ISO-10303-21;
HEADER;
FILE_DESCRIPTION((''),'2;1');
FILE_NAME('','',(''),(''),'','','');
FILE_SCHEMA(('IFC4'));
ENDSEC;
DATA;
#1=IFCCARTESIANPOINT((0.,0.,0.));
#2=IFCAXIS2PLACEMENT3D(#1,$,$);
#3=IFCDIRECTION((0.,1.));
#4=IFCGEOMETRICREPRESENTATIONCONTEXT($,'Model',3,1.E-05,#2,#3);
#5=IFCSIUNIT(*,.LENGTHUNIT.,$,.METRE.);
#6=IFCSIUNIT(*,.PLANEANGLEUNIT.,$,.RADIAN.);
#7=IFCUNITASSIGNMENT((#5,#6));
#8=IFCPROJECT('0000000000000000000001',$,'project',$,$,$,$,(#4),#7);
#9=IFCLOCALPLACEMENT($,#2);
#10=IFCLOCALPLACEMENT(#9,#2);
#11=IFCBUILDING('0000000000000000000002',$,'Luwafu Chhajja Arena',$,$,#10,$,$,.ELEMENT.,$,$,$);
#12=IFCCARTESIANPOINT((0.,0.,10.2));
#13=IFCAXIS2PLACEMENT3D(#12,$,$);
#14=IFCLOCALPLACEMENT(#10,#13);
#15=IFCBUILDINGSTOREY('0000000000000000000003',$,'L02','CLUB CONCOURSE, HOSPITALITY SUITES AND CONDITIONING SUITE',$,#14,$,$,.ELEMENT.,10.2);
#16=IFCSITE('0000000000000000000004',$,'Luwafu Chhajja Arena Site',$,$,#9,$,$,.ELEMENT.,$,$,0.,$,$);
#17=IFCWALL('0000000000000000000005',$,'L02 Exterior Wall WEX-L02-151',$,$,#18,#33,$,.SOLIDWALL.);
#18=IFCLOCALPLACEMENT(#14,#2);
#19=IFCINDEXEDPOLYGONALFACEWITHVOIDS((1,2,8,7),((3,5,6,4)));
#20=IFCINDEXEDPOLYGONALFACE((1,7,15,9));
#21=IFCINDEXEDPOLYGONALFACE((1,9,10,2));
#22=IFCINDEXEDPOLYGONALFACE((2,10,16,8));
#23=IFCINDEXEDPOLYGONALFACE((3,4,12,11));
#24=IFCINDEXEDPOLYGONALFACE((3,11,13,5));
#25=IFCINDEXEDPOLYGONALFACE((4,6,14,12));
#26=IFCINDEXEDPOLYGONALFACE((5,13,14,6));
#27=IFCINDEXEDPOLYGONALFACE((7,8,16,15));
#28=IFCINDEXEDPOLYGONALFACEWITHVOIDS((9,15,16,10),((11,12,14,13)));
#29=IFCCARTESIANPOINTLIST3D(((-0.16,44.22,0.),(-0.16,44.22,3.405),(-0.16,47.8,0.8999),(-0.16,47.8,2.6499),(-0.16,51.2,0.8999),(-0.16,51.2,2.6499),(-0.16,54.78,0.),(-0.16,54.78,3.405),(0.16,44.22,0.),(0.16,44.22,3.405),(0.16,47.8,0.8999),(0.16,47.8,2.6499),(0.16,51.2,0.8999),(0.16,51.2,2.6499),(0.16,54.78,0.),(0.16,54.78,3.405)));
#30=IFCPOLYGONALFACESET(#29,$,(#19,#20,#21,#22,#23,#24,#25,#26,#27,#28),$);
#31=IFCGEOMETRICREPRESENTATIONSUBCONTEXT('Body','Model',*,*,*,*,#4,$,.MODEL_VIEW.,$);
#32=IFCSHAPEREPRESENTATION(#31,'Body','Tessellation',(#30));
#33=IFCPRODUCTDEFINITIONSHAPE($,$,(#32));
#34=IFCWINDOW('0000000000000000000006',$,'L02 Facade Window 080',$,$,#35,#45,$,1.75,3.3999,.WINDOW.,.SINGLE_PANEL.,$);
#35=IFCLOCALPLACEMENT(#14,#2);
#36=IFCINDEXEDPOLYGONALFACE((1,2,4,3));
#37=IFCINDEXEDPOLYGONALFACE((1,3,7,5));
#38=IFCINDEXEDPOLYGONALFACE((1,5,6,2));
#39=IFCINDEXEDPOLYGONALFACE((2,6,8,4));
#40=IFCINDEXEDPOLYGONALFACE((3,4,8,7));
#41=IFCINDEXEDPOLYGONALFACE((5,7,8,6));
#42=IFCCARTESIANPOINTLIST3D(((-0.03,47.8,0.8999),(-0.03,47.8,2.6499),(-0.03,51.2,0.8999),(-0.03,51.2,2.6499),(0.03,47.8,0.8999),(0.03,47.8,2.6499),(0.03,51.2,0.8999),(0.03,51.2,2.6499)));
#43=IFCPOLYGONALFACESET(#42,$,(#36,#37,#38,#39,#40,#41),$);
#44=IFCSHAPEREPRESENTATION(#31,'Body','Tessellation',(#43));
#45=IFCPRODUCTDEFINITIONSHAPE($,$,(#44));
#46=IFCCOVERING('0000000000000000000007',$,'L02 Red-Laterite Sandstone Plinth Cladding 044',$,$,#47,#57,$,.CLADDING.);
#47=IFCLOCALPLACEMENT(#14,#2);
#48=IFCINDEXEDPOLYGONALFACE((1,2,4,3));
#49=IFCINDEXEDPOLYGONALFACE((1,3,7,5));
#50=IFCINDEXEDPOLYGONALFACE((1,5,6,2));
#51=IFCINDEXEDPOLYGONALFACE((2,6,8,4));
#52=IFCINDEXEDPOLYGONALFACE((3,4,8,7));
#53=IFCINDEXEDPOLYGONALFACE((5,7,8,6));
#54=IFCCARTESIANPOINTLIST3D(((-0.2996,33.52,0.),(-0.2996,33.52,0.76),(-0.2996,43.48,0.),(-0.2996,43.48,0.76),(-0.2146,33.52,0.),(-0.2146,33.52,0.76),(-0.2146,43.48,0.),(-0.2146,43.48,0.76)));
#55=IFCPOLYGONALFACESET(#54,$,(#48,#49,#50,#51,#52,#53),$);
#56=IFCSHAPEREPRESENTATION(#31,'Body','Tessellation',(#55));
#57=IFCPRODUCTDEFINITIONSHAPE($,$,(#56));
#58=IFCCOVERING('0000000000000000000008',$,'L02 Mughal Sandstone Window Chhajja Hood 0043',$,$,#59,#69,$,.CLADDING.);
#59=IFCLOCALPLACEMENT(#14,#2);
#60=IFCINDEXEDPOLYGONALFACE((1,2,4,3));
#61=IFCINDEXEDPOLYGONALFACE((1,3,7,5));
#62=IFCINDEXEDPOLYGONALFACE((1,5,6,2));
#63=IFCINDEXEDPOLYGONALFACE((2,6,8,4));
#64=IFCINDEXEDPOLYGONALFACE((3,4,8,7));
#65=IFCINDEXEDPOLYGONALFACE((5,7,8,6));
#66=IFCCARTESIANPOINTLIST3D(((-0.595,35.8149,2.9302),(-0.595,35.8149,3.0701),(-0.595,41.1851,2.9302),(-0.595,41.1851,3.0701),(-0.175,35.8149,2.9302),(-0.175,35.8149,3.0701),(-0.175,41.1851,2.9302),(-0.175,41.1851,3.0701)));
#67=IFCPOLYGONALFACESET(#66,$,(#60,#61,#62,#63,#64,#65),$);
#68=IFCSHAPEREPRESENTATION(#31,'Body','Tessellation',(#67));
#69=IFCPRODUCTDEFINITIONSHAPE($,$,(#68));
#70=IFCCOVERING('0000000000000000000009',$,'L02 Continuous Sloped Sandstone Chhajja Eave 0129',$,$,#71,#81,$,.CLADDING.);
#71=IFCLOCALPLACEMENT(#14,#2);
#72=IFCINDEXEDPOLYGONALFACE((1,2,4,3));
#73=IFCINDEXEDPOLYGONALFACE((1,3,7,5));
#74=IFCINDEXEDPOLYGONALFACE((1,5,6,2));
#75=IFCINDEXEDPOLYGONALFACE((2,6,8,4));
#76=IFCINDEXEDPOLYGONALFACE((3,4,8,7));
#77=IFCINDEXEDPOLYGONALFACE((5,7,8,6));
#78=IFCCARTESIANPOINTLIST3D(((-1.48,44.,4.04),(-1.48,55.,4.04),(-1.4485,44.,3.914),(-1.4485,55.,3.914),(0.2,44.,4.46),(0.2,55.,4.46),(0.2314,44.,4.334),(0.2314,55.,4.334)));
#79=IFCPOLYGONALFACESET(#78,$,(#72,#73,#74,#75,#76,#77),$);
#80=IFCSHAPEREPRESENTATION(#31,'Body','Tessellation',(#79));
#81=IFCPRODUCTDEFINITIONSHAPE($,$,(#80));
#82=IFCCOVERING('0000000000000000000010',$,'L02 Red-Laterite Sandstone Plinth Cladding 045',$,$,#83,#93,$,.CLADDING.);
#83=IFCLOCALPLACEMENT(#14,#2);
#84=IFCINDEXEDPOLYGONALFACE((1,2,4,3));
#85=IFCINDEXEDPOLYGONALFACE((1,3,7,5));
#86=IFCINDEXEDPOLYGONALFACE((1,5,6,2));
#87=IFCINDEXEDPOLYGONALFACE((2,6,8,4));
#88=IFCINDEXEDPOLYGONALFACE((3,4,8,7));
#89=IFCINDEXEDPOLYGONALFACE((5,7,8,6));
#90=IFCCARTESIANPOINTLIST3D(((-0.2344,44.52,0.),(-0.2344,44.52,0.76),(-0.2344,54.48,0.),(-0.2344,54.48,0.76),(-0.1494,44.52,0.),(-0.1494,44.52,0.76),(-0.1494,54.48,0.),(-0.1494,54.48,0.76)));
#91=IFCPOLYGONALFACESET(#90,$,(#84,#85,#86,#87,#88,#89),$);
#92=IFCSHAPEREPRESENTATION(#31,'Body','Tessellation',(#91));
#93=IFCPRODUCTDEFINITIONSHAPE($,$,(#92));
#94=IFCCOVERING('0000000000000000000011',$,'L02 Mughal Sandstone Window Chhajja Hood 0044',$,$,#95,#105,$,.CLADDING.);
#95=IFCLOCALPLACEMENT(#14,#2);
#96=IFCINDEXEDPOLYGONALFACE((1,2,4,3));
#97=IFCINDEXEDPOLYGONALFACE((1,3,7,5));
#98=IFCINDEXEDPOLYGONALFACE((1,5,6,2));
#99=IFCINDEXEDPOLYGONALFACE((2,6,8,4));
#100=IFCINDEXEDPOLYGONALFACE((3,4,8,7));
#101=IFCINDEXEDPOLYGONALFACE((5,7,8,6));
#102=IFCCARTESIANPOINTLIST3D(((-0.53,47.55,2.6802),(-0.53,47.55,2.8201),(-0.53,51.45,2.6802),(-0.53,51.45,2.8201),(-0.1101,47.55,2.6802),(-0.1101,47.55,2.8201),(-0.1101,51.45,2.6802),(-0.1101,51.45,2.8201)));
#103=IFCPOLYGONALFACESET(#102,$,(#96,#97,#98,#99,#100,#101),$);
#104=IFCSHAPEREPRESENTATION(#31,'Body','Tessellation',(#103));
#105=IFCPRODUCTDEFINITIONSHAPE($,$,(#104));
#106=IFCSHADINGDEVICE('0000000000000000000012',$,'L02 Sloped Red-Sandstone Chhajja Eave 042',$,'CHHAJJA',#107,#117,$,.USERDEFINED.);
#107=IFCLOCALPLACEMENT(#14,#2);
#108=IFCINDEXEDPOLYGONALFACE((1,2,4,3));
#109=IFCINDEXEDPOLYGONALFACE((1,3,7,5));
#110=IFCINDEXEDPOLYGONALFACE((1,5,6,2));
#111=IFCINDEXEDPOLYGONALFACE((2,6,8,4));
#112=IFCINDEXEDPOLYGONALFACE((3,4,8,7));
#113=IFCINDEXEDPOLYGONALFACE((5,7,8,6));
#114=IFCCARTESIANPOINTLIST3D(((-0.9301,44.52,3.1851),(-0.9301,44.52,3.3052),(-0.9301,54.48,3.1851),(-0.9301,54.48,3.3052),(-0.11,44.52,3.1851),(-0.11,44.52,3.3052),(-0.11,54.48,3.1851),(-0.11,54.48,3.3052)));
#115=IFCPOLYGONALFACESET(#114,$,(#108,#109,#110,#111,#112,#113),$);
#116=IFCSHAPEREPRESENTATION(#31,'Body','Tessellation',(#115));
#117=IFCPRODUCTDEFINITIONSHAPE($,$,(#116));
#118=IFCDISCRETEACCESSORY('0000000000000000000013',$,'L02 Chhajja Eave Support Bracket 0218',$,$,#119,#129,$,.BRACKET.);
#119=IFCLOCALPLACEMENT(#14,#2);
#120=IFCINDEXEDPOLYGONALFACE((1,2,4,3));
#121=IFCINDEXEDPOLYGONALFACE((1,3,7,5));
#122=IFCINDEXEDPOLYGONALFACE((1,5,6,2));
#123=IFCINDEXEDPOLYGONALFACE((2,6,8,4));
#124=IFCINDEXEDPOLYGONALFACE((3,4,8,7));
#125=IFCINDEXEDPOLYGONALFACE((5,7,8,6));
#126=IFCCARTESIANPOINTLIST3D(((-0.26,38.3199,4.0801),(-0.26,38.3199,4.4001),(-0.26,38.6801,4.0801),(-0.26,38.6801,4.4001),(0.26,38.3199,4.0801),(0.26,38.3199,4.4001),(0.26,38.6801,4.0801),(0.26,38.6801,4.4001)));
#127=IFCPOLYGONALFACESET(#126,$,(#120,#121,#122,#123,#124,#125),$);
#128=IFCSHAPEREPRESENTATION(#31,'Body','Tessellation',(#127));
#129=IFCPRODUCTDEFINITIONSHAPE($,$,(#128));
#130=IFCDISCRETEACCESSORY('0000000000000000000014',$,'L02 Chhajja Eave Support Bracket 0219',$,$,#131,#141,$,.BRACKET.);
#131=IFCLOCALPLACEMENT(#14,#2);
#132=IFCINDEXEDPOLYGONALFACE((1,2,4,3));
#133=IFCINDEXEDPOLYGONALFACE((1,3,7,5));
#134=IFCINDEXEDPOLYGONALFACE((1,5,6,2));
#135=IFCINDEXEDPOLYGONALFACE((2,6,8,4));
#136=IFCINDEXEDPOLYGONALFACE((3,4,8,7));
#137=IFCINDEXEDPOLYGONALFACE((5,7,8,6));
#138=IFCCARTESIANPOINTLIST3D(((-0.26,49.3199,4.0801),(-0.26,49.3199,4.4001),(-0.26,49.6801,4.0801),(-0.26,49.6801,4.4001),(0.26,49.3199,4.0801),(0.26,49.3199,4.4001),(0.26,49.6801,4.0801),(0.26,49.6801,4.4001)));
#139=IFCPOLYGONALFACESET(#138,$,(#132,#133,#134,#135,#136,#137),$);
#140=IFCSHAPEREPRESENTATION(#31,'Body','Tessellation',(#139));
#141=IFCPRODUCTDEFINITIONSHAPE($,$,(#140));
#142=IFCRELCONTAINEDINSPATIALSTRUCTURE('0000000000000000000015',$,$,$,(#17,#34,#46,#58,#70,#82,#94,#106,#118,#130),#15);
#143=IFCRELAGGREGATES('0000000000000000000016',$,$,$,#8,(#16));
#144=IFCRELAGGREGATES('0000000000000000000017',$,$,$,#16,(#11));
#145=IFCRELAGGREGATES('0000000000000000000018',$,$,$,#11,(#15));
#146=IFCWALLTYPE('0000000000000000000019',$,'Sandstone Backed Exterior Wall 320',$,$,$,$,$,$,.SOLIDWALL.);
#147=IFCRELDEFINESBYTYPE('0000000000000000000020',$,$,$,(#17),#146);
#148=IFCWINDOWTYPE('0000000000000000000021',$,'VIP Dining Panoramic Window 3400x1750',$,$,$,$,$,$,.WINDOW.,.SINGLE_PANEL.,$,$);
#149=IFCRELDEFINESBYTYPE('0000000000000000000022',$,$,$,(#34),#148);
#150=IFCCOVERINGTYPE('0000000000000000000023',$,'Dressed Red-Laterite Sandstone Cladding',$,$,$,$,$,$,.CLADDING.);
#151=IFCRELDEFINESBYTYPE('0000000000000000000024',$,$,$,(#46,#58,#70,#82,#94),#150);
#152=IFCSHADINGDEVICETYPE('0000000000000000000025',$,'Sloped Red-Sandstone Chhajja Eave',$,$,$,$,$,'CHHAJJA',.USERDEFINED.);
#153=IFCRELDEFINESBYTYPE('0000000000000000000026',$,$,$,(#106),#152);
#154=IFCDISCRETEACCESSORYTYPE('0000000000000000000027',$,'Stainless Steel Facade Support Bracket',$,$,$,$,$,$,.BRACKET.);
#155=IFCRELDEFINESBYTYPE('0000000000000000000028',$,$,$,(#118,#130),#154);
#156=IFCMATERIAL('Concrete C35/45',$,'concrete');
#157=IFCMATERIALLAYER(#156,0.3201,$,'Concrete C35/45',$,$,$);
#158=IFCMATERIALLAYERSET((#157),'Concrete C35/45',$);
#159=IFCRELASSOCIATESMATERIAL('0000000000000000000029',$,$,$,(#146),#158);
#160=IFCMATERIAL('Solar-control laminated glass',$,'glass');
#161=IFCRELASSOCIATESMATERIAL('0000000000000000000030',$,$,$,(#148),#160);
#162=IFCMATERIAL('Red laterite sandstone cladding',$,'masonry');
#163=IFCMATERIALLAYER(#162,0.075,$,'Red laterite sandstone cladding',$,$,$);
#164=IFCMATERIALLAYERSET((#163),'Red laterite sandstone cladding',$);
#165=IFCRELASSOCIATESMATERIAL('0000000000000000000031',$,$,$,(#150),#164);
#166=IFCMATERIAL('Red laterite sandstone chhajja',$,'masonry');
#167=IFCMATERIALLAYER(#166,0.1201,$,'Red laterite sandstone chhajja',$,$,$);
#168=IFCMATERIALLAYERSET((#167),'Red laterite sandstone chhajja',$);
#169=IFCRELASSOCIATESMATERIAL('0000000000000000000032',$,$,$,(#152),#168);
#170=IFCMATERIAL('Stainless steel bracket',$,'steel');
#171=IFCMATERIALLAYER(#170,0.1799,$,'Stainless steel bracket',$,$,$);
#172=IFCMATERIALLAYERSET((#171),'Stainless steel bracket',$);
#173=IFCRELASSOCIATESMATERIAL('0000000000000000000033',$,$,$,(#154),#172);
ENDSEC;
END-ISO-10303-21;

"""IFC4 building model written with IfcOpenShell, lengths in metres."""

from ifc_helpers import new_model, si_unit, direction, frame, frame_2d, origin, origin_2d, place, context, subcontext, project, spatial, polyline, rectangle, outline, extrude, material, layer, layer_set, type_object, element, fill, save


model = new_model("IFC4")

# Units and contexts
model_context = context("Model", 3, precision=1e-05, world=origin(), true_north=direction((0.0, 1.0)))
body_context = subcontext(model_context, "Body", "Model", "MODEL_VIEW")
ifc_project = project(units=[si_unit("LENGTHUNIT", "METRE"), si_unit("PLANEANGLEUNIT", "RADIAN")], contexts=[model_context])

# Site, building, storey
site_placement = place(None, origin())
site = spatial("IfcSite", under=ifc_project, at=site_placement, Name="Luwafu Chhajja Arena Site", CompositionType="ELEMENT", RefElevation=0.0)
building_placement = place(site_placement, origin())
building = spatial("IfcBuilding", under=site, at=building_placement, Name="Luwafu Chhajja Arena", CompositionType="ELEMENT")
storey_placement = place(building_placement, frame((0.0, 0.0, 10.2)))
storey = spatial("IfcBuildingStorey", under=building, at=storey_placement, Name="L02", Description="CLUB CONCOURSE, HOSPITALITY SUITES AND CONDITIONING SUITE", CompositionType="ELEMENT", Elevation=10.2)

# Shared definitions
ifc_material_1 = material(Name="Concrete C35/45", Category="concrete")

# Shared definitions
ifc_material_2 = material(Name="Solar-control laminated glass", Category="glass")

# Wall, opening, window
ifc_layer_1 = layer(ifc_material_1, 0.3201, Name="Concrete C35/45")
ifc_layer_set_1 = layer_set([ifc_layer_1], Name="Concrete C35/45")
wall_type_1 = type_object("IfcWallType", Name="Sandstone Backed Exterior Wall 320", PredefinedType="SOLIDWALL", material=ifc_layer_set_1)
wall_1_placement = place(storey_placement, frame((0.0, 44.22, 0.0), z_axis=(0.0, 0.0, 1.0), x_axis=(0.0, 1.0, 0.0)))
wall_1 = element("IfcWall", 1, at=wall_1_placement, inside=storey, type_object=wall_type_1, Name="L02 Exterior Wall WEX-L02-151", PredefinedType="SOLIDWALL", context=body_context, shape_type="SweptSolid", body=[
    extrude(rectangle(XDim=10.5601, YDim=0.3201, at=frame_2d((5.28, 0.0))), origin(), (0.0, 0.0, 1.0), 3.405),
])
opening_1_placement = place(wall_1_placement, frame((3.5801, 0.0, 0.8999)))
opening_1 = element("IfcOpeningElement", 2, at=opening_1_placement, cuts=wall_1, PredefinedType="OPENING", context=body_context, shape_type="SweptSolid", body=[
    extrude(rectangle(XDim=3.3999, YDim=1.75, at=frame_2d((1.7, 0.875))), frame((0.0, 0.1699, 0.0), z_axis=(0.0, -1.0, 0.0), x_axis=(1.0, 0.0, 0.0)), (0.0, 0.0, 1.0), 0.3401),
])
window_type_1 = type_object("IfcWindowType", Name="VIP Dining Panoramic Window 3400x1750", PartitioningType="SINGLE_PANEL", PredefinedType="WINDOW", material=ifc_material_2)
window_1_placement = place(opening_1_placement, origin())
window_1 = element("IfcWindow", 3, at=window_1_placement, inside=storey, type_object=window_type_1, Name="L02 Facade Window 080", OverallHeight=1.75, OverallWidth=3.3999, PartitioningType="SINGLE_PANEL", PredefinedType="WINDOW", context=body_context, shape_type="SweptSolid", body=[
    extrude(rectangle(XDim=3.3999, YDim=1.75, at=frame_2d((1.7, 0.875))), frame((0.0, 0.03, 0.0), z_axis=(0.0, -1.0, 0.0), x_axis=(1.0, 0.0, 0.0)), (0.0, 0.0, 1.0), 0.0601),
])
fill(opening_1, window_1)

# Coverings
ifc_material_3 = material(Name="Red laterite sandstone cladding", Category="masonry")
ifc_layer_2 = layer(ifc_material_3, 0.075, Name="Red laterite sandstone cladding")
ifc_layer_set_2 = layer_set([ifc_layer_2], Name="Red laterite sandstone cladding")
covering_type = type_object("IfcCoveringType", Name="Dressed Red-Laterite Sandstone Cladding", PredefinedType="CLADDING", material=ifc_layer_set_2)
covering_1_placement = place(storey_placement, frame((-0.2571, 38.5, 0.0), z_axis=(0.0, 0.0, 1.0), x_axis=(0.0, 1.0, 0.0)))
element("IfcCovering", 4, at=covering_1_placement, inside=storey, type_object=covering_type, Name="L02 Red-Laterite Sandstone Plinth Cladding 044", PredefinedType="CLADDING", context=body_context, shape_type="SweptSolid", body=[
    extrude(rectangle(XDim=9.96, YDim=0.085, at=origin_2d()), origin(), (0.0, 0.0, 1.0), 0.76),
])
covering_2_placement = place(storey_placement, frame((-0.385, 38.5, 2.9302), z_axis=(0.0, 0.0, 1.0), x_axis=(0.0, 1.0, 0.0)))
element("IfcCovering", 5, at=covering_2_placement, inside=storey, type_object=covering_type, Name="L02 Mughal Sandstone Window Chhajja Hood 0043", PredefinedType="CLADDING", context=body_context, shape_type="SweptSolid", body=[
    extrude(rectangle(XDim=5.3701, YDim=0.4199, at=origin_2d()), origin(), (0.0, 0.0, 1.0), 0.1399),
])
covering_3_placement = place(storey_placement, frame((0.2, 44.0, 4.46), z_axis=(-0.242502, 0.0, 0.970151), x_axis=(0.0, 1.0, 0.0)))
element("IfcCovering", 6, at=covering_3_placement, inside=storey, type_object=covering_type, Name="L02 Continuous Sloped Sandstone Chhajja Eave 0129", PredefinedType="CLADDING", context=body_context, shape_type="SweptSolid", body=[
    extrude(outline(polyline([(0.0, 0.0), (11.0, 0.0), (11.0, 1.7316), (0.0, 1.7316), (0.0, 0.0)])), origin(), (0.0, 0.0, -1.0), 0.1299),
])
covering_4_placement = place(storey_placement, frame((-0.1919, 49.5, 0.0), z_axis=(0.0, 0.0, 1.0), x_axis=(0.0, 1.0, 0.0)))
element("IfcCovering", 7, at=covering_4_placement, inside=storey, type_object=covering_type, Name="L02 Red-Laterite Sandstone Plinth Cladding 045", PredefinedType="CLADDING", context=body_context, shape_type="SweptSolid", body=[
    extrude(rectangle(XDim=9.96, YDim=0.085, at=origin_2d()), origin(), (0.0, 0.0, 1.0), 0.76),
])
covering_5_placement = place(storey_placement, frame((-0.3201, 49.5, 2.6802), z_axis=(0.0, 0.0, 1.0), x_axis=(0.0, 1.0, 0.0)))
element("IfcCovering", 8, at=covering_5_placement, inside=storey, type_object=covering_type, Name="L02 Mughal Sandstone Window Chhajja Hood 0044", PredefinedType="CLADDING", context=body_context, shape_type="SweptSolid", body=[
    extrude(rectangle(XDim=3.8999, YDim=0.4199, at=origin_2d()), origin(), (0.0, 0.0, 1.0), 0.1399),
])

# Shading device
ifc_material_4 = material(Name="Red laterite sandstone chhajja", Category="masonry")
ifc_layer_3 = layer(ifc_material_4, 0.1201, Name="Red laterite sandstone chhajja")
ifc_layer_set_3 = layer_set([ifc_layer_3], Name="Red laterite sandstone chhajja")
shading_device_type = type_object("IfcShadingDeviceType", Name="Sloped Red-Sandstone Chhajja Eave", ElementType="CHHAJJA", PredefinedType="USERDEFINED", material=ifc_layer_set_3)
shading_device_placement = place(storey_placement, frame((-0.52, 49.5, 3.1851), z_axis=(0.0, 0.0, 1.0), x_axis=(0.0, 1.0, 0.0)))
element("IfcShadingDevice", 9, at=shading_device_placement, inside=storey, type_object=shading_device_type, Name="L02 Sloped Red-Sandstone Chhajja Eave 042", ObjectType="CHHAJJA", PredefinedType="USERDEFINED", context=body_context, shape_type="SweptSolid", body=[
    extrude(rectangle(XDim=9.96, YDim=0.8201, at=origin_2d()), origin(), (0.0, 0.0, 1.0), 0.1201),
])

# Discrete accessories
ifc_material_5 = material(Name="Stainless steel bracket", Category="steel")
ifc_layer_4 = layer(ifc_material_5, 0.1799, Name="Stainless steel bracket")
ifc_layer_set_4 = layer_set([ifc_layer_4], Name="Stainless steel bracket")
discrete_accessory_type = type_object("IfcDiscreteAccessoryType", Name="Stainless Steel Facade Support Bracket", PredefinedType="BRACKET", material=ifc_layer_set_4)
for number, where, z_axis, x_axis, name in (
    (10, (0.0, 38.5, 4.0801), (0.0, 0.0, 1.0), (0.0, 1.0, 0.0), "L02 Chhajja Eave Support Bracket 0218"),
    (11, (0.0, 49.5, 4.0801), (0.0, 0.0, 1.0), (0.0, 1.0, 0.0), "L02 Chhajja Eave Support Bracket 0219"),
):
    element("IfcDiscreteAccessory", number, at=place(storey_placement, frame(where, z_axis=z_axis, x_axis=x_axis)), inside=storey, type_object=discrete_accessory_type, Name=name, PredefinedType="BRACKET", context=body_context, shape_type="SweptSolid", body=[
        extrude(rectangle(XDim=0.3601, YDim=0.52, at=origin_2d()), origin(), (0.0, 0.0, 1.0), 0.3201),
    ])

save(model, "model.ifc")
